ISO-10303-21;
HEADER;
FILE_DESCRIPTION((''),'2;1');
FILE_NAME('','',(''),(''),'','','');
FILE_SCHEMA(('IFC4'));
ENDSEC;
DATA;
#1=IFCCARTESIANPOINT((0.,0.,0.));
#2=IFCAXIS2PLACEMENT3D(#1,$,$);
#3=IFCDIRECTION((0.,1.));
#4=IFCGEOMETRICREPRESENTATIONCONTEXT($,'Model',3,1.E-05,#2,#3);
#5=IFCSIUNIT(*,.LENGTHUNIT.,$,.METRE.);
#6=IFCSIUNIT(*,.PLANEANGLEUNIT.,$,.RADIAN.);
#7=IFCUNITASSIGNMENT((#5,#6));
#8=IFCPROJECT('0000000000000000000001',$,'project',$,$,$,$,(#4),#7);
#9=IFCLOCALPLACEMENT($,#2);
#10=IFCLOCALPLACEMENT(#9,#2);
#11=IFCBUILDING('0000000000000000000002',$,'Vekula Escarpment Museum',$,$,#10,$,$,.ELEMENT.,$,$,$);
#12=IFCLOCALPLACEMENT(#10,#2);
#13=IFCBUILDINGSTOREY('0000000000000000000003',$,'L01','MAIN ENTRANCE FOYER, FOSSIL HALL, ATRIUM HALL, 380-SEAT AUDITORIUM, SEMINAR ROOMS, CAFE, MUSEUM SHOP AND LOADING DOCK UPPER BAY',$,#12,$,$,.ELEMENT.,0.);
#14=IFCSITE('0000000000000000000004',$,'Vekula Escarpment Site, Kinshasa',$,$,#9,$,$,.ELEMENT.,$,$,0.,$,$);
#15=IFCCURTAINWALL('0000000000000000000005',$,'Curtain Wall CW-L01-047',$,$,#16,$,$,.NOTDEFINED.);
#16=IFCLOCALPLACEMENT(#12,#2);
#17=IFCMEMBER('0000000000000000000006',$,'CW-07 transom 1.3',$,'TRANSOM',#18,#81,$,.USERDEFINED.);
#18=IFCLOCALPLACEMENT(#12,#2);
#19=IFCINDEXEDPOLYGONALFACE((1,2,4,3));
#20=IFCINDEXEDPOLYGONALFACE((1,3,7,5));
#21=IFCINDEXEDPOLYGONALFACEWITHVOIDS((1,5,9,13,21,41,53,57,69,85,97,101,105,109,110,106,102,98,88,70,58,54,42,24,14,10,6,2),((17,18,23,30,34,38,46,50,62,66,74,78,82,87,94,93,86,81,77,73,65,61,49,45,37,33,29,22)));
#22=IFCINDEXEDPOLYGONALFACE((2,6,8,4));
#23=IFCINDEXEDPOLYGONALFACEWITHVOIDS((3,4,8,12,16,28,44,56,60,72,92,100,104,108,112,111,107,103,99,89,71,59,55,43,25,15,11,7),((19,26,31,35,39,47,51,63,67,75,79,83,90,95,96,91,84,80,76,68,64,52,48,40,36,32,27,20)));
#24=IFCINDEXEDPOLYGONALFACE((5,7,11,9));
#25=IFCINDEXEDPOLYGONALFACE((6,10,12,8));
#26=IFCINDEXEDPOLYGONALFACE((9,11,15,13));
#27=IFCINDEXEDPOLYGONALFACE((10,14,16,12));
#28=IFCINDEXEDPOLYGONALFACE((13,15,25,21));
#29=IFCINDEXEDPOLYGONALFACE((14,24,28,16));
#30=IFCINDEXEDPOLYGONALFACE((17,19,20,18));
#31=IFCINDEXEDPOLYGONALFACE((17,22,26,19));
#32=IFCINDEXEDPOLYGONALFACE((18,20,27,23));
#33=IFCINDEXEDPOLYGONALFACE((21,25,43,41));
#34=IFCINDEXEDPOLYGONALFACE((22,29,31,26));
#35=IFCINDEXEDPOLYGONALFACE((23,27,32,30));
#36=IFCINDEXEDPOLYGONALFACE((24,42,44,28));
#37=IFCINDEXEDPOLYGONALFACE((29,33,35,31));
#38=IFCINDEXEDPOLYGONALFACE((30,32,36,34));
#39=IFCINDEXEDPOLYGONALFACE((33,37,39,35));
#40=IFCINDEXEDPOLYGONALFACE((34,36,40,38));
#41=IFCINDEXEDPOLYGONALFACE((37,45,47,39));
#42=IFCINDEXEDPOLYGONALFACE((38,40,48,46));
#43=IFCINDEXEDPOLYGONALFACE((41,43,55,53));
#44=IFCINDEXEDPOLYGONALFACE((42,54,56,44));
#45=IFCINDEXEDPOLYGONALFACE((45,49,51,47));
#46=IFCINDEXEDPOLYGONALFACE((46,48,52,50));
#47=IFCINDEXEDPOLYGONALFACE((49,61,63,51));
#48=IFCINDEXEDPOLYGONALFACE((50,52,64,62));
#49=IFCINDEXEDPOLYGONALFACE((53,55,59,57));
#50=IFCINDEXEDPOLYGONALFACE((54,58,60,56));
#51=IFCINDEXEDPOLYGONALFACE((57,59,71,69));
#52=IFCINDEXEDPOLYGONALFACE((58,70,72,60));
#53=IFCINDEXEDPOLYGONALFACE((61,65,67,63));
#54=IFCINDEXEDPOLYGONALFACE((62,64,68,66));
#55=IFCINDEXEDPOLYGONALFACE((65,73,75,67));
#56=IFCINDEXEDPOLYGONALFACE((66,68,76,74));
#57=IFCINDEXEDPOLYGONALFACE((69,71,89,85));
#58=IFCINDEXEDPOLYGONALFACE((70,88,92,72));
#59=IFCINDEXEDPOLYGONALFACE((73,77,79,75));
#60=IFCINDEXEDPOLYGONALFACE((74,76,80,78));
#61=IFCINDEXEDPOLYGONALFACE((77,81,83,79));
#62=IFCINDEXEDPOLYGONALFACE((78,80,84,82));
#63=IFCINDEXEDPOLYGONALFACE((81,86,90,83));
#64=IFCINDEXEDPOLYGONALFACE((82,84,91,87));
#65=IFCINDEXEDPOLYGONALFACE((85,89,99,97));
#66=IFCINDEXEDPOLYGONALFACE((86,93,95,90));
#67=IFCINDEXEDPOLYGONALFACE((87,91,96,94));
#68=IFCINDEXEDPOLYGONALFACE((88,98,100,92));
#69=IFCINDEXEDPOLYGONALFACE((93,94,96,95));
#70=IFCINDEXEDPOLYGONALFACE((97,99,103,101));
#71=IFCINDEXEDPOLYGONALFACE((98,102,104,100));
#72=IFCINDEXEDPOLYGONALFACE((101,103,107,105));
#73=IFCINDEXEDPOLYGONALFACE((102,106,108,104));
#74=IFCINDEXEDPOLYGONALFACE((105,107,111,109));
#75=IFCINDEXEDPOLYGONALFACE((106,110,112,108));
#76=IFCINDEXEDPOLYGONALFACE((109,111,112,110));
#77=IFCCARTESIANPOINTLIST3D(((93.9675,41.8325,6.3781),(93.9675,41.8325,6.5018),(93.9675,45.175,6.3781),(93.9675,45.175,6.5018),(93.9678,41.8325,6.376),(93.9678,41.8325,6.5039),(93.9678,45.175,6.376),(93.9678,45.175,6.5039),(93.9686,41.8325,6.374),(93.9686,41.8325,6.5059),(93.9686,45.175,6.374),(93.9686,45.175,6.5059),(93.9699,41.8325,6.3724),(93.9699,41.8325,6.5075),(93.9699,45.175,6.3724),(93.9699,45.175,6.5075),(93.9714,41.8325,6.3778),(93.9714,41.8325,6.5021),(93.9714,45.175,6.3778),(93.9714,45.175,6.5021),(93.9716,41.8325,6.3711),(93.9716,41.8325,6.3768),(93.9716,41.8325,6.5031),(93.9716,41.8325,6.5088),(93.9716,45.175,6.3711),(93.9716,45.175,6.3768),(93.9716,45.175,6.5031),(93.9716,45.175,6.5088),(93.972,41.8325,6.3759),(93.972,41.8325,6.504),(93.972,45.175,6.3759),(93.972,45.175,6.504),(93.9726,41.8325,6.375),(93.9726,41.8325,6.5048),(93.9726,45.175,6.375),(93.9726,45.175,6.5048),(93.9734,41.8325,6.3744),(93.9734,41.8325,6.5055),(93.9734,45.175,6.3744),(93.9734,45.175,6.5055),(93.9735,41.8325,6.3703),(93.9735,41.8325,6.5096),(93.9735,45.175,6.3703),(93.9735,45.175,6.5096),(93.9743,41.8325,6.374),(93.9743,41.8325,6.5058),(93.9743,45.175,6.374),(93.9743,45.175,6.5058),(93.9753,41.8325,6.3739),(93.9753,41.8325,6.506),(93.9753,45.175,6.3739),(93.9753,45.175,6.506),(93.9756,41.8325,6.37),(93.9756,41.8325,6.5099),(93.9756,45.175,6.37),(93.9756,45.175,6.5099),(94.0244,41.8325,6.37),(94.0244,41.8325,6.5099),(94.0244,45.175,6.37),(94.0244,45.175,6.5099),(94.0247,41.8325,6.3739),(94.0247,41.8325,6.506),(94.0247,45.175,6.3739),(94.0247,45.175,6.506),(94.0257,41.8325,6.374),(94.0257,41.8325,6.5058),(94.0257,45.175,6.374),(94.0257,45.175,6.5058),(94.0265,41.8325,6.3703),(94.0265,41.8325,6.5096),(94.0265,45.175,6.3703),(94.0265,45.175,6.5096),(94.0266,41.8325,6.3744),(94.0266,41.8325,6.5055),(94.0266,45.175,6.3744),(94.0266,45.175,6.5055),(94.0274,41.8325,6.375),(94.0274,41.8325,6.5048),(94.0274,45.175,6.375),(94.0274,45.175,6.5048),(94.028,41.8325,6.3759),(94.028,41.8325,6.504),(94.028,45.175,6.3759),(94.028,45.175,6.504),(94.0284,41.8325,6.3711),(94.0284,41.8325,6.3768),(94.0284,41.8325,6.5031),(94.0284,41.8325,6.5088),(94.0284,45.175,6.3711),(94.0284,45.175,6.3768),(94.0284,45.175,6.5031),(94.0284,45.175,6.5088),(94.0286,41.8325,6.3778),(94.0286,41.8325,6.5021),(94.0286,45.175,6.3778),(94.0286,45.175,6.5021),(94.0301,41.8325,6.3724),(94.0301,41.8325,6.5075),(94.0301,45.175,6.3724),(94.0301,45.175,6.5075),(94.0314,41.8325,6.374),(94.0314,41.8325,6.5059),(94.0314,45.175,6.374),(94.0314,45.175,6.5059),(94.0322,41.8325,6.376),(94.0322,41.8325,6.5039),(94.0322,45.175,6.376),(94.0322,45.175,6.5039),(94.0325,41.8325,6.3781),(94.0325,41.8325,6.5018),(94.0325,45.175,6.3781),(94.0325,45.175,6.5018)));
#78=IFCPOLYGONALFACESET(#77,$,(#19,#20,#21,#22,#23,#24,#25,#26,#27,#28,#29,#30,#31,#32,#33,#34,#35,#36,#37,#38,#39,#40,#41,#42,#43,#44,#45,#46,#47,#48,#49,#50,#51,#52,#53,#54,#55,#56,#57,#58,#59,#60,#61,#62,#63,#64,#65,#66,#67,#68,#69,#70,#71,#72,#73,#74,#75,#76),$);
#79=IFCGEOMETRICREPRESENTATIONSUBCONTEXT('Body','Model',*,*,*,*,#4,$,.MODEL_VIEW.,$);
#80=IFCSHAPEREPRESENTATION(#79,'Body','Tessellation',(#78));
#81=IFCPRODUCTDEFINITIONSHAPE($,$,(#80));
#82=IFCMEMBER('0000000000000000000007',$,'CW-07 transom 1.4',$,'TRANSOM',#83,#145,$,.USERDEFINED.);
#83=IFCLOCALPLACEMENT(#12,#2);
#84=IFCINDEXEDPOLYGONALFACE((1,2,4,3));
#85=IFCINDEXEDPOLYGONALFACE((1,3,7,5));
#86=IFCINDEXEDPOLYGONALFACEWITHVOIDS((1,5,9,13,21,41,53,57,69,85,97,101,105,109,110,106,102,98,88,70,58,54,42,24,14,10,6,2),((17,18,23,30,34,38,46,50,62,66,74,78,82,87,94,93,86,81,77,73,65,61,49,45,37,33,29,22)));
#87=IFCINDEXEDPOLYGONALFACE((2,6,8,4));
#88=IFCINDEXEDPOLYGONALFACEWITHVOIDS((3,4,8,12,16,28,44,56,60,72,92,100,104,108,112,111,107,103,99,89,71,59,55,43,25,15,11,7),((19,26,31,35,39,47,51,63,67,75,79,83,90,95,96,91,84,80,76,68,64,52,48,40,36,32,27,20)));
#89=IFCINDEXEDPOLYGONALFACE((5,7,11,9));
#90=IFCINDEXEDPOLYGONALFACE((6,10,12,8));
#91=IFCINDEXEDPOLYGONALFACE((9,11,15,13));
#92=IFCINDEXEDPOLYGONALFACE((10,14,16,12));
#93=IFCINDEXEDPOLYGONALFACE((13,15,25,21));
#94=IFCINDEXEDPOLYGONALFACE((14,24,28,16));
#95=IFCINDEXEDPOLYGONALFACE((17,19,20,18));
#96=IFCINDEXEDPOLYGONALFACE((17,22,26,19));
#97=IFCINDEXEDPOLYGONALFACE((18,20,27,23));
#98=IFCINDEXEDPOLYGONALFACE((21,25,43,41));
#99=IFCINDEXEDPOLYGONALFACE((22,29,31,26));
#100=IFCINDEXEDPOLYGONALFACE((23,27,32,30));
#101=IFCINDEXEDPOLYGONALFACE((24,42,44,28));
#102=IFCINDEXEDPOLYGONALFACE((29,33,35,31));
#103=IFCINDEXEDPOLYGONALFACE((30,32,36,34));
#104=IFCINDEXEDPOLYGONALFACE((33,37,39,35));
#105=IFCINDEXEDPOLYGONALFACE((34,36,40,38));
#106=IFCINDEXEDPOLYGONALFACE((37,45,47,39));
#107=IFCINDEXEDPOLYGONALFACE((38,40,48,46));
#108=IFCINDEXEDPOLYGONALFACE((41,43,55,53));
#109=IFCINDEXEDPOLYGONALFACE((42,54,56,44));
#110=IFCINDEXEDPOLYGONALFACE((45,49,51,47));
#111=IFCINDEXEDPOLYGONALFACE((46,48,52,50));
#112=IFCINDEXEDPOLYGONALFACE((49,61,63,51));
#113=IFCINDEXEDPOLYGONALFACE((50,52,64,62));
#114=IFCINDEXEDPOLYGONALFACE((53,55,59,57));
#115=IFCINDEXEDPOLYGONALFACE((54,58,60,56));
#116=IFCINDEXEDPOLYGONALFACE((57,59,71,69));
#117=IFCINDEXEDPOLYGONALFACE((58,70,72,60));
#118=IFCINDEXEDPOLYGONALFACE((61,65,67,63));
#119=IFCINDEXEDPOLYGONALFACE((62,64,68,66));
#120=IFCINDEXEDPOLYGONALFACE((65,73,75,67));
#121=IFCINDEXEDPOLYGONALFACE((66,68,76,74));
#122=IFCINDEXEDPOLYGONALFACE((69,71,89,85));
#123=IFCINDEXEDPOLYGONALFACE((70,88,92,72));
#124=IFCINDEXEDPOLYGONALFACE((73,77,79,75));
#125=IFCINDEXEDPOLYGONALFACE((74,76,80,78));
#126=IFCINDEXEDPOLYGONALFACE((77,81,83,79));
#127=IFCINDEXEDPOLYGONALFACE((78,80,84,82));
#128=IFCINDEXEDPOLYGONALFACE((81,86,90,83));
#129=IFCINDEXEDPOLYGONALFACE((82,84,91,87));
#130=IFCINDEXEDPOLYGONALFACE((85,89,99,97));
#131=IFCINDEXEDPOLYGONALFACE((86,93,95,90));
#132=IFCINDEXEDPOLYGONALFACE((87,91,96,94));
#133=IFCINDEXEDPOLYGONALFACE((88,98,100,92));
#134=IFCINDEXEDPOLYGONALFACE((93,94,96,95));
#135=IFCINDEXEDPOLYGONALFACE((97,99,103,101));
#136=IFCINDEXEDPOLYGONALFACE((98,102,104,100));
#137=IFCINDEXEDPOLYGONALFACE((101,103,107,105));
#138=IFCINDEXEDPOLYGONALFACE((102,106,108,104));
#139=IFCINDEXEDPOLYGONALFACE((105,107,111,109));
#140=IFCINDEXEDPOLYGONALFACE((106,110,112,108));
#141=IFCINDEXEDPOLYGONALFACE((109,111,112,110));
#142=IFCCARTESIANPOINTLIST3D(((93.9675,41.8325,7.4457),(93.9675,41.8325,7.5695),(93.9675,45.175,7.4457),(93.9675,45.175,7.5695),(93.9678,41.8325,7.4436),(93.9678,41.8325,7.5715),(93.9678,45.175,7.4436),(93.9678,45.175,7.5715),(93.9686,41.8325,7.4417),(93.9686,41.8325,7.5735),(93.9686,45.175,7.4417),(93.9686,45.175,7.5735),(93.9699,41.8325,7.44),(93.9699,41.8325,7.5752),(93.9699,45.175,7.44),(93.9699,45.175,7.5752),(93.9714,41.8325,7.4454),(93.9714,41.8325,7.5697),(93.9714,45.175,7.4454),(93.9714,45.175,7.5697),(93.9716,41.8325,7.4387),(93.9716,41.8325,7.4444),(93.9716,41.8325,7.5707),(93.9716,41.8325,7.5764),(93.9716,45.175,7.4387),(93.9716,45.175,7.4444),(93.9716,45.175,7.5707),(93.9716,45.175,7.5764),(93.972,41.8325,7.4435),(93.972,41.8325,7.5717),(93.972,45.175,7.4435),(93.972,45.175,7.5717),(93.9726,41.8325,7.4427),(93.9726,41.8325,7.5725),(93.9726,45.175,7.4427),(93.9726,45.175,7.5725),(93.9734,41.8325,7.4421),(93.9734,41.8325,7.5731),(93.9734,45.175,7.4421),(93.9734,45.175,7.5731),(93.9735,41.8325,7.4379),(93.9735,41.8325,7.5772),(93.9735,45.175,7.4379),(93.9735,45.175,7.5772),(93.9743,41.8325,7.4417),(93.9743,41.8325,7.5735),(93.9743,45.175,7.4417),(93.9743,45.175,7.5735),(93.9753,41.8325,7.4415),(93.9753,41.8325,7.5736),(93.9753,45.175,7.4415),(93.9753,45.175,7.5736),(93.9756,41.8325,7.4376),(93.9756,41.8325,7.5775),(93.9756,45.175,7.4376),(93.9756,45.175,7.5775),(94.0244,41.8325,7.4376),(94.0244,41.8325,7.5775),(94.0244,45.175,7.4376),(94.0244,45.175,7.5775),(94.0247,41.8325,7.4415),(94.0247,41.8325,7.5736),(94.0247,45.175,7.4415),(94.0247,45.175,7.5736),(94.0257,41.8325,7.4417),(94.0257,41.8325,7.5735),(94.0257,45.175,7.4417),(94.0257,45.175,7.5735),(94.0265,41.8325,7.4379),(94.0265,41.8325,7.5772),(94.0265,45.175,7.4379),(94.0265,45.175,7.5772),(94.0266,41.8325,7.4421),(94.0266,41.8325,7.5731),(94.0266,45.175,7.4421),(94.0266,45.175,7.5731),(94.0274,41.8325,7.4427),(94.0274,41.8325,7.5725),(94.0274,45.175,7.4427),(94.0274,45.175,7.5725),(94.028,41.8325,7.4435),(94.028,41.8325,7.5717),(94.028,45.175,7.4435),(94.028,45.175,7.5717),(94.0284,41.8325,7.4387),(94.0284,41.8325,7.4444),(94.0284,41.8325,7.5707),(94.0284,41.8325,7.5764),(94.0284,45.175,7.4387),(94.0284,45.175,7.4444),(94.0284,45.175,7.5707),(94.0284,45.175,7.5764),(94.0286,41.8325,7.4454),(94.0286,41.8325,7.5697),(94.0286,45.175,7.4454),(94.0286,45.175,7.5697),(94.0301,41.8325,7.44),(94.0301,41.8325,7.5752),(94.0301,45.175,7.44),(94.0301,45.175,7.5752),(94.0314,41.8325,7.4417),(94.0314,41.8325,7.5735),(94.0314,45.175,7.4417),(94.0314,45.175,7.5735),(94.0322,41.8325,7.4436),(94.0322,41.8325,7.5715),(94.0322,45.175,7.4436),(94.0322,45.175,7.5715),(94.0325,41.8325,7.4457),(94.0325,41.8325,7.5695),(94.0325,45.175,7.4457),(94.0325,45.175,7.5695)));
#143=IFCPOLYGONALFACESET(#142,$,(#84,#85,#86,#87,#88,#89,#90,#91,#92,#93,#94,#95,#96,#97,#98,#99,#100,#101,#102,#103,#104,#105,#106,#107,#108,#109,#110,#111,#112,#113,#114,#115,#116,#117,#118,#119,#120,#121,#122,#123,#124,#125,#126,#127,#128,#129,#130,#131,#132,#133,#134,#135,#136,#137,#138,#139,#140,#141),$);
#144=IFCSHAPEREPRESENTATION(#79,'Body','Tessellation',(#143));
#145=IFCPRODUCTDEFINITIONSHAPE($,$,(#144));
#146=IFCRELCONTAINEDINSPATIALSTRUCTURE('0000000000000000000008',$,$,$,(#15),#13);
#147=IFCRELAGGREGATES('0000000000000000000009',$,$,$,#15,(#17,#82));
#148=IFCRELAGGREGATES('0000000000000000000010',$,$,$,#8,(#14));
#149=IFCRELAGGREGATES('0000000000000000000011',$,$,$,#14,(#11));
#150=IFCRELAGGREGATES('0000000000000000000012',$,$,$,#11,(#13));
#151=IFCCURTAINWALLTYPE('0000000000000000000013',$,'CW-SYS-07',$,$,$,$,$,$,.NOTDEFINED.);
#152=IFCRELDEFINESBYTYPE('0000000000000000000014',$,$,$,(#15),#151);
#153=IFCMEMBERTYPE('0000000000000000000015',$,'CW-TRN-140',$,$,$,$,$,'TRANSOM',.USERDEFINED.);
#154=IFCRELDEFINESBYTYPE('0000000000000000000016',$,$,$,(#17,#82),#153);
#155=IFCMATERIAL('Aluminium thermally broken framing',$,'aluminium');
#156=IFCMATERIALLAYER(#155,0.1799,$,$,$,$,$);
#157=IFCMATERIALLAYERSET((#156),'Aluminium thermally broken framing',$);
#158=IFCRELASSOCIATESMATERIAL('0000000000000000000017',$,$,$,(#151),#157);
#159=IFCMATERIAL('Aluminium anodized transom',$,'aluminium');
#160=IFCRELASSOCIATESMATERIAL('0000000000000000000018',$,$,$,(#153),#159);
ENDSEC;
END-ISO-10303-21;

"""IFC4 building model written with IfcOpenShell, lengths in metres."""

from ifc_helpers import new_model, si_unit, direction, frame, origin, origin_2d, place, context, subcontext, project, spatial, hollow_rectangle, extrude, material, layer, layer_set, material_profile, profile_set, type_object, element, aggregate, save


model = new_model("IFC4")

# Units and contexts
model_context = context("Model", 3, precision=1e-05, world=origin(), true_north=direction((0.0, 1.0)))
body_context = subcontext(model_context, "Body", "Model", "MODEL_VIEW")
ifc_project = project(units=[si_unit("LENGTHUNIT", "METRE"), si_unit("PLANEANGLEUNIT", "RADIAN")], contexts=[model_context])

# Site, building, storey
site_placement = place(None, origin())
site = spatial("IfcSite", under=ifc_project, at=site_placement, Name="Vekula Escarpment Site, Kinshasa", CompositionType="ELEMENT", RefElevation=0.0)
building_placement = place(site_placement, origin())
building = spatial("IfcBuilding", under=site, at=building_placement, Name="Vekula Escarpment Museum", CompositionType="ELEMENT")
storey_placement = place(building_placement, origin())
storey = spatial("IfcBuildingStorey", under=building, at=storey_placement, Name="L01", Description="MAIN ENTRANCE FOYER, FOSSIL HALL, ATRIUM HALL, 380-SEAT AUDITORIUM, SEMINAR ROOMS, CAFE, MUSEUM SHOP AND LOADING DOCK UPPER BAY", CompositionType="ELEMENT", Elevation=0.0)

# Curtain wall, members
ifc_material_1 = material(Name="Aluminium thermally broken framing", Category="aluminium")
ifc_layer_1 = layer(ifc_material_1, 0.1799)
ifc_layer_set_1 = layer_set([ifc_layer_1], Name="Aluminium thermally broken framing")
curtain_wall_type_1 = type_object("IfcCurtainWallType", Name="CW-SYS-07", PredefinedType="NOTDEFINED", material=ifc_layer_set_1)
curtain_wall_1_placement = place(storey_placement, origin())
curtain_wall_1 = element("IfcCurtainWall", 1, at=curtain_wall_1_placement, inside=storey, type_object=curtain_wall_type_1, Name="Curtain Wall CW-L01-047", PredefinedType="NOTDEFINED")
ifc_material_2 = material(Name="Aluminium anodized transom", Category="aluminium")
ifc_material_profile_1 = material_profile(ifc_material_2, hollow_rectangle(XDim=0.0649, YDim=0.1399, WallThickness=0.0039, InnerFilletRadius=0.0039, OuterFilletRadius=0.0081, at=origin_2d()), Name="ALU 140x65x4")
ifc_profile_set_1 = profile_set([ifc_material_profile_1], Name="Aluminium anodized transom")
member_type_1 = type_object("IfcMemberType", Name="CW-TRN-140", ElementType="TRANSOM", PredefinedType="USERDEFINED", material=ifc_profile_set_1)
member_1_placement = place(storey_placement, frame((94.0, 45.175, 6.4399), z_axis=(0.0, -1.0, 0.0), x_axis=(1.0, 0.0, 0.0)))
member_1 = element("IfcMember", 2, at=member_1_placement, type_object=member_type_1, Name="CW-07 transom 1.3", ObjectType="TRANSOM", PredefinedType="USERDEFINED", context=body_context, shape_type="SweptSolid", body=[
    extrude(hollow_rectangle(XDim=0.0649, YDim=0.1399, WallThickness=0.0039, InnerFilletRadius=0.0039, OuterFilletRadius=0.0081, at=origin_2d()), origin(), (0.0, 0.0, 1.0), 3.3425),
])
member_2_placement = place(storey_placement, frame((94.0, 45.175, 7.5076), z_axis=(0.0, -1.0, 0.0), x_axis=(1.0, 0.0, 0.0)))
member_2 = element("IfcMember", 3, at=member_2_placement, type_object=member_type_1, Name="CW-07 transom 1.4", ObjectType="TRANSOM", PredefinedType="USERDEFINED", context=body_context, shape_type="SweptSolid", body=[
    extrude(hollow_rectangle(XDim=0.0649, YDim=0.1399, WallThickness=0.0039, InnerFilletRadius=0.0039, OuterFilletRadius=0.0081, at=origin_2d()), origin(), (0.0, 0.0, 1.0), 3.3425),
])

aggregate(curtain_wall_1, [member_1, member_2])

save(model, "model.ifc")
